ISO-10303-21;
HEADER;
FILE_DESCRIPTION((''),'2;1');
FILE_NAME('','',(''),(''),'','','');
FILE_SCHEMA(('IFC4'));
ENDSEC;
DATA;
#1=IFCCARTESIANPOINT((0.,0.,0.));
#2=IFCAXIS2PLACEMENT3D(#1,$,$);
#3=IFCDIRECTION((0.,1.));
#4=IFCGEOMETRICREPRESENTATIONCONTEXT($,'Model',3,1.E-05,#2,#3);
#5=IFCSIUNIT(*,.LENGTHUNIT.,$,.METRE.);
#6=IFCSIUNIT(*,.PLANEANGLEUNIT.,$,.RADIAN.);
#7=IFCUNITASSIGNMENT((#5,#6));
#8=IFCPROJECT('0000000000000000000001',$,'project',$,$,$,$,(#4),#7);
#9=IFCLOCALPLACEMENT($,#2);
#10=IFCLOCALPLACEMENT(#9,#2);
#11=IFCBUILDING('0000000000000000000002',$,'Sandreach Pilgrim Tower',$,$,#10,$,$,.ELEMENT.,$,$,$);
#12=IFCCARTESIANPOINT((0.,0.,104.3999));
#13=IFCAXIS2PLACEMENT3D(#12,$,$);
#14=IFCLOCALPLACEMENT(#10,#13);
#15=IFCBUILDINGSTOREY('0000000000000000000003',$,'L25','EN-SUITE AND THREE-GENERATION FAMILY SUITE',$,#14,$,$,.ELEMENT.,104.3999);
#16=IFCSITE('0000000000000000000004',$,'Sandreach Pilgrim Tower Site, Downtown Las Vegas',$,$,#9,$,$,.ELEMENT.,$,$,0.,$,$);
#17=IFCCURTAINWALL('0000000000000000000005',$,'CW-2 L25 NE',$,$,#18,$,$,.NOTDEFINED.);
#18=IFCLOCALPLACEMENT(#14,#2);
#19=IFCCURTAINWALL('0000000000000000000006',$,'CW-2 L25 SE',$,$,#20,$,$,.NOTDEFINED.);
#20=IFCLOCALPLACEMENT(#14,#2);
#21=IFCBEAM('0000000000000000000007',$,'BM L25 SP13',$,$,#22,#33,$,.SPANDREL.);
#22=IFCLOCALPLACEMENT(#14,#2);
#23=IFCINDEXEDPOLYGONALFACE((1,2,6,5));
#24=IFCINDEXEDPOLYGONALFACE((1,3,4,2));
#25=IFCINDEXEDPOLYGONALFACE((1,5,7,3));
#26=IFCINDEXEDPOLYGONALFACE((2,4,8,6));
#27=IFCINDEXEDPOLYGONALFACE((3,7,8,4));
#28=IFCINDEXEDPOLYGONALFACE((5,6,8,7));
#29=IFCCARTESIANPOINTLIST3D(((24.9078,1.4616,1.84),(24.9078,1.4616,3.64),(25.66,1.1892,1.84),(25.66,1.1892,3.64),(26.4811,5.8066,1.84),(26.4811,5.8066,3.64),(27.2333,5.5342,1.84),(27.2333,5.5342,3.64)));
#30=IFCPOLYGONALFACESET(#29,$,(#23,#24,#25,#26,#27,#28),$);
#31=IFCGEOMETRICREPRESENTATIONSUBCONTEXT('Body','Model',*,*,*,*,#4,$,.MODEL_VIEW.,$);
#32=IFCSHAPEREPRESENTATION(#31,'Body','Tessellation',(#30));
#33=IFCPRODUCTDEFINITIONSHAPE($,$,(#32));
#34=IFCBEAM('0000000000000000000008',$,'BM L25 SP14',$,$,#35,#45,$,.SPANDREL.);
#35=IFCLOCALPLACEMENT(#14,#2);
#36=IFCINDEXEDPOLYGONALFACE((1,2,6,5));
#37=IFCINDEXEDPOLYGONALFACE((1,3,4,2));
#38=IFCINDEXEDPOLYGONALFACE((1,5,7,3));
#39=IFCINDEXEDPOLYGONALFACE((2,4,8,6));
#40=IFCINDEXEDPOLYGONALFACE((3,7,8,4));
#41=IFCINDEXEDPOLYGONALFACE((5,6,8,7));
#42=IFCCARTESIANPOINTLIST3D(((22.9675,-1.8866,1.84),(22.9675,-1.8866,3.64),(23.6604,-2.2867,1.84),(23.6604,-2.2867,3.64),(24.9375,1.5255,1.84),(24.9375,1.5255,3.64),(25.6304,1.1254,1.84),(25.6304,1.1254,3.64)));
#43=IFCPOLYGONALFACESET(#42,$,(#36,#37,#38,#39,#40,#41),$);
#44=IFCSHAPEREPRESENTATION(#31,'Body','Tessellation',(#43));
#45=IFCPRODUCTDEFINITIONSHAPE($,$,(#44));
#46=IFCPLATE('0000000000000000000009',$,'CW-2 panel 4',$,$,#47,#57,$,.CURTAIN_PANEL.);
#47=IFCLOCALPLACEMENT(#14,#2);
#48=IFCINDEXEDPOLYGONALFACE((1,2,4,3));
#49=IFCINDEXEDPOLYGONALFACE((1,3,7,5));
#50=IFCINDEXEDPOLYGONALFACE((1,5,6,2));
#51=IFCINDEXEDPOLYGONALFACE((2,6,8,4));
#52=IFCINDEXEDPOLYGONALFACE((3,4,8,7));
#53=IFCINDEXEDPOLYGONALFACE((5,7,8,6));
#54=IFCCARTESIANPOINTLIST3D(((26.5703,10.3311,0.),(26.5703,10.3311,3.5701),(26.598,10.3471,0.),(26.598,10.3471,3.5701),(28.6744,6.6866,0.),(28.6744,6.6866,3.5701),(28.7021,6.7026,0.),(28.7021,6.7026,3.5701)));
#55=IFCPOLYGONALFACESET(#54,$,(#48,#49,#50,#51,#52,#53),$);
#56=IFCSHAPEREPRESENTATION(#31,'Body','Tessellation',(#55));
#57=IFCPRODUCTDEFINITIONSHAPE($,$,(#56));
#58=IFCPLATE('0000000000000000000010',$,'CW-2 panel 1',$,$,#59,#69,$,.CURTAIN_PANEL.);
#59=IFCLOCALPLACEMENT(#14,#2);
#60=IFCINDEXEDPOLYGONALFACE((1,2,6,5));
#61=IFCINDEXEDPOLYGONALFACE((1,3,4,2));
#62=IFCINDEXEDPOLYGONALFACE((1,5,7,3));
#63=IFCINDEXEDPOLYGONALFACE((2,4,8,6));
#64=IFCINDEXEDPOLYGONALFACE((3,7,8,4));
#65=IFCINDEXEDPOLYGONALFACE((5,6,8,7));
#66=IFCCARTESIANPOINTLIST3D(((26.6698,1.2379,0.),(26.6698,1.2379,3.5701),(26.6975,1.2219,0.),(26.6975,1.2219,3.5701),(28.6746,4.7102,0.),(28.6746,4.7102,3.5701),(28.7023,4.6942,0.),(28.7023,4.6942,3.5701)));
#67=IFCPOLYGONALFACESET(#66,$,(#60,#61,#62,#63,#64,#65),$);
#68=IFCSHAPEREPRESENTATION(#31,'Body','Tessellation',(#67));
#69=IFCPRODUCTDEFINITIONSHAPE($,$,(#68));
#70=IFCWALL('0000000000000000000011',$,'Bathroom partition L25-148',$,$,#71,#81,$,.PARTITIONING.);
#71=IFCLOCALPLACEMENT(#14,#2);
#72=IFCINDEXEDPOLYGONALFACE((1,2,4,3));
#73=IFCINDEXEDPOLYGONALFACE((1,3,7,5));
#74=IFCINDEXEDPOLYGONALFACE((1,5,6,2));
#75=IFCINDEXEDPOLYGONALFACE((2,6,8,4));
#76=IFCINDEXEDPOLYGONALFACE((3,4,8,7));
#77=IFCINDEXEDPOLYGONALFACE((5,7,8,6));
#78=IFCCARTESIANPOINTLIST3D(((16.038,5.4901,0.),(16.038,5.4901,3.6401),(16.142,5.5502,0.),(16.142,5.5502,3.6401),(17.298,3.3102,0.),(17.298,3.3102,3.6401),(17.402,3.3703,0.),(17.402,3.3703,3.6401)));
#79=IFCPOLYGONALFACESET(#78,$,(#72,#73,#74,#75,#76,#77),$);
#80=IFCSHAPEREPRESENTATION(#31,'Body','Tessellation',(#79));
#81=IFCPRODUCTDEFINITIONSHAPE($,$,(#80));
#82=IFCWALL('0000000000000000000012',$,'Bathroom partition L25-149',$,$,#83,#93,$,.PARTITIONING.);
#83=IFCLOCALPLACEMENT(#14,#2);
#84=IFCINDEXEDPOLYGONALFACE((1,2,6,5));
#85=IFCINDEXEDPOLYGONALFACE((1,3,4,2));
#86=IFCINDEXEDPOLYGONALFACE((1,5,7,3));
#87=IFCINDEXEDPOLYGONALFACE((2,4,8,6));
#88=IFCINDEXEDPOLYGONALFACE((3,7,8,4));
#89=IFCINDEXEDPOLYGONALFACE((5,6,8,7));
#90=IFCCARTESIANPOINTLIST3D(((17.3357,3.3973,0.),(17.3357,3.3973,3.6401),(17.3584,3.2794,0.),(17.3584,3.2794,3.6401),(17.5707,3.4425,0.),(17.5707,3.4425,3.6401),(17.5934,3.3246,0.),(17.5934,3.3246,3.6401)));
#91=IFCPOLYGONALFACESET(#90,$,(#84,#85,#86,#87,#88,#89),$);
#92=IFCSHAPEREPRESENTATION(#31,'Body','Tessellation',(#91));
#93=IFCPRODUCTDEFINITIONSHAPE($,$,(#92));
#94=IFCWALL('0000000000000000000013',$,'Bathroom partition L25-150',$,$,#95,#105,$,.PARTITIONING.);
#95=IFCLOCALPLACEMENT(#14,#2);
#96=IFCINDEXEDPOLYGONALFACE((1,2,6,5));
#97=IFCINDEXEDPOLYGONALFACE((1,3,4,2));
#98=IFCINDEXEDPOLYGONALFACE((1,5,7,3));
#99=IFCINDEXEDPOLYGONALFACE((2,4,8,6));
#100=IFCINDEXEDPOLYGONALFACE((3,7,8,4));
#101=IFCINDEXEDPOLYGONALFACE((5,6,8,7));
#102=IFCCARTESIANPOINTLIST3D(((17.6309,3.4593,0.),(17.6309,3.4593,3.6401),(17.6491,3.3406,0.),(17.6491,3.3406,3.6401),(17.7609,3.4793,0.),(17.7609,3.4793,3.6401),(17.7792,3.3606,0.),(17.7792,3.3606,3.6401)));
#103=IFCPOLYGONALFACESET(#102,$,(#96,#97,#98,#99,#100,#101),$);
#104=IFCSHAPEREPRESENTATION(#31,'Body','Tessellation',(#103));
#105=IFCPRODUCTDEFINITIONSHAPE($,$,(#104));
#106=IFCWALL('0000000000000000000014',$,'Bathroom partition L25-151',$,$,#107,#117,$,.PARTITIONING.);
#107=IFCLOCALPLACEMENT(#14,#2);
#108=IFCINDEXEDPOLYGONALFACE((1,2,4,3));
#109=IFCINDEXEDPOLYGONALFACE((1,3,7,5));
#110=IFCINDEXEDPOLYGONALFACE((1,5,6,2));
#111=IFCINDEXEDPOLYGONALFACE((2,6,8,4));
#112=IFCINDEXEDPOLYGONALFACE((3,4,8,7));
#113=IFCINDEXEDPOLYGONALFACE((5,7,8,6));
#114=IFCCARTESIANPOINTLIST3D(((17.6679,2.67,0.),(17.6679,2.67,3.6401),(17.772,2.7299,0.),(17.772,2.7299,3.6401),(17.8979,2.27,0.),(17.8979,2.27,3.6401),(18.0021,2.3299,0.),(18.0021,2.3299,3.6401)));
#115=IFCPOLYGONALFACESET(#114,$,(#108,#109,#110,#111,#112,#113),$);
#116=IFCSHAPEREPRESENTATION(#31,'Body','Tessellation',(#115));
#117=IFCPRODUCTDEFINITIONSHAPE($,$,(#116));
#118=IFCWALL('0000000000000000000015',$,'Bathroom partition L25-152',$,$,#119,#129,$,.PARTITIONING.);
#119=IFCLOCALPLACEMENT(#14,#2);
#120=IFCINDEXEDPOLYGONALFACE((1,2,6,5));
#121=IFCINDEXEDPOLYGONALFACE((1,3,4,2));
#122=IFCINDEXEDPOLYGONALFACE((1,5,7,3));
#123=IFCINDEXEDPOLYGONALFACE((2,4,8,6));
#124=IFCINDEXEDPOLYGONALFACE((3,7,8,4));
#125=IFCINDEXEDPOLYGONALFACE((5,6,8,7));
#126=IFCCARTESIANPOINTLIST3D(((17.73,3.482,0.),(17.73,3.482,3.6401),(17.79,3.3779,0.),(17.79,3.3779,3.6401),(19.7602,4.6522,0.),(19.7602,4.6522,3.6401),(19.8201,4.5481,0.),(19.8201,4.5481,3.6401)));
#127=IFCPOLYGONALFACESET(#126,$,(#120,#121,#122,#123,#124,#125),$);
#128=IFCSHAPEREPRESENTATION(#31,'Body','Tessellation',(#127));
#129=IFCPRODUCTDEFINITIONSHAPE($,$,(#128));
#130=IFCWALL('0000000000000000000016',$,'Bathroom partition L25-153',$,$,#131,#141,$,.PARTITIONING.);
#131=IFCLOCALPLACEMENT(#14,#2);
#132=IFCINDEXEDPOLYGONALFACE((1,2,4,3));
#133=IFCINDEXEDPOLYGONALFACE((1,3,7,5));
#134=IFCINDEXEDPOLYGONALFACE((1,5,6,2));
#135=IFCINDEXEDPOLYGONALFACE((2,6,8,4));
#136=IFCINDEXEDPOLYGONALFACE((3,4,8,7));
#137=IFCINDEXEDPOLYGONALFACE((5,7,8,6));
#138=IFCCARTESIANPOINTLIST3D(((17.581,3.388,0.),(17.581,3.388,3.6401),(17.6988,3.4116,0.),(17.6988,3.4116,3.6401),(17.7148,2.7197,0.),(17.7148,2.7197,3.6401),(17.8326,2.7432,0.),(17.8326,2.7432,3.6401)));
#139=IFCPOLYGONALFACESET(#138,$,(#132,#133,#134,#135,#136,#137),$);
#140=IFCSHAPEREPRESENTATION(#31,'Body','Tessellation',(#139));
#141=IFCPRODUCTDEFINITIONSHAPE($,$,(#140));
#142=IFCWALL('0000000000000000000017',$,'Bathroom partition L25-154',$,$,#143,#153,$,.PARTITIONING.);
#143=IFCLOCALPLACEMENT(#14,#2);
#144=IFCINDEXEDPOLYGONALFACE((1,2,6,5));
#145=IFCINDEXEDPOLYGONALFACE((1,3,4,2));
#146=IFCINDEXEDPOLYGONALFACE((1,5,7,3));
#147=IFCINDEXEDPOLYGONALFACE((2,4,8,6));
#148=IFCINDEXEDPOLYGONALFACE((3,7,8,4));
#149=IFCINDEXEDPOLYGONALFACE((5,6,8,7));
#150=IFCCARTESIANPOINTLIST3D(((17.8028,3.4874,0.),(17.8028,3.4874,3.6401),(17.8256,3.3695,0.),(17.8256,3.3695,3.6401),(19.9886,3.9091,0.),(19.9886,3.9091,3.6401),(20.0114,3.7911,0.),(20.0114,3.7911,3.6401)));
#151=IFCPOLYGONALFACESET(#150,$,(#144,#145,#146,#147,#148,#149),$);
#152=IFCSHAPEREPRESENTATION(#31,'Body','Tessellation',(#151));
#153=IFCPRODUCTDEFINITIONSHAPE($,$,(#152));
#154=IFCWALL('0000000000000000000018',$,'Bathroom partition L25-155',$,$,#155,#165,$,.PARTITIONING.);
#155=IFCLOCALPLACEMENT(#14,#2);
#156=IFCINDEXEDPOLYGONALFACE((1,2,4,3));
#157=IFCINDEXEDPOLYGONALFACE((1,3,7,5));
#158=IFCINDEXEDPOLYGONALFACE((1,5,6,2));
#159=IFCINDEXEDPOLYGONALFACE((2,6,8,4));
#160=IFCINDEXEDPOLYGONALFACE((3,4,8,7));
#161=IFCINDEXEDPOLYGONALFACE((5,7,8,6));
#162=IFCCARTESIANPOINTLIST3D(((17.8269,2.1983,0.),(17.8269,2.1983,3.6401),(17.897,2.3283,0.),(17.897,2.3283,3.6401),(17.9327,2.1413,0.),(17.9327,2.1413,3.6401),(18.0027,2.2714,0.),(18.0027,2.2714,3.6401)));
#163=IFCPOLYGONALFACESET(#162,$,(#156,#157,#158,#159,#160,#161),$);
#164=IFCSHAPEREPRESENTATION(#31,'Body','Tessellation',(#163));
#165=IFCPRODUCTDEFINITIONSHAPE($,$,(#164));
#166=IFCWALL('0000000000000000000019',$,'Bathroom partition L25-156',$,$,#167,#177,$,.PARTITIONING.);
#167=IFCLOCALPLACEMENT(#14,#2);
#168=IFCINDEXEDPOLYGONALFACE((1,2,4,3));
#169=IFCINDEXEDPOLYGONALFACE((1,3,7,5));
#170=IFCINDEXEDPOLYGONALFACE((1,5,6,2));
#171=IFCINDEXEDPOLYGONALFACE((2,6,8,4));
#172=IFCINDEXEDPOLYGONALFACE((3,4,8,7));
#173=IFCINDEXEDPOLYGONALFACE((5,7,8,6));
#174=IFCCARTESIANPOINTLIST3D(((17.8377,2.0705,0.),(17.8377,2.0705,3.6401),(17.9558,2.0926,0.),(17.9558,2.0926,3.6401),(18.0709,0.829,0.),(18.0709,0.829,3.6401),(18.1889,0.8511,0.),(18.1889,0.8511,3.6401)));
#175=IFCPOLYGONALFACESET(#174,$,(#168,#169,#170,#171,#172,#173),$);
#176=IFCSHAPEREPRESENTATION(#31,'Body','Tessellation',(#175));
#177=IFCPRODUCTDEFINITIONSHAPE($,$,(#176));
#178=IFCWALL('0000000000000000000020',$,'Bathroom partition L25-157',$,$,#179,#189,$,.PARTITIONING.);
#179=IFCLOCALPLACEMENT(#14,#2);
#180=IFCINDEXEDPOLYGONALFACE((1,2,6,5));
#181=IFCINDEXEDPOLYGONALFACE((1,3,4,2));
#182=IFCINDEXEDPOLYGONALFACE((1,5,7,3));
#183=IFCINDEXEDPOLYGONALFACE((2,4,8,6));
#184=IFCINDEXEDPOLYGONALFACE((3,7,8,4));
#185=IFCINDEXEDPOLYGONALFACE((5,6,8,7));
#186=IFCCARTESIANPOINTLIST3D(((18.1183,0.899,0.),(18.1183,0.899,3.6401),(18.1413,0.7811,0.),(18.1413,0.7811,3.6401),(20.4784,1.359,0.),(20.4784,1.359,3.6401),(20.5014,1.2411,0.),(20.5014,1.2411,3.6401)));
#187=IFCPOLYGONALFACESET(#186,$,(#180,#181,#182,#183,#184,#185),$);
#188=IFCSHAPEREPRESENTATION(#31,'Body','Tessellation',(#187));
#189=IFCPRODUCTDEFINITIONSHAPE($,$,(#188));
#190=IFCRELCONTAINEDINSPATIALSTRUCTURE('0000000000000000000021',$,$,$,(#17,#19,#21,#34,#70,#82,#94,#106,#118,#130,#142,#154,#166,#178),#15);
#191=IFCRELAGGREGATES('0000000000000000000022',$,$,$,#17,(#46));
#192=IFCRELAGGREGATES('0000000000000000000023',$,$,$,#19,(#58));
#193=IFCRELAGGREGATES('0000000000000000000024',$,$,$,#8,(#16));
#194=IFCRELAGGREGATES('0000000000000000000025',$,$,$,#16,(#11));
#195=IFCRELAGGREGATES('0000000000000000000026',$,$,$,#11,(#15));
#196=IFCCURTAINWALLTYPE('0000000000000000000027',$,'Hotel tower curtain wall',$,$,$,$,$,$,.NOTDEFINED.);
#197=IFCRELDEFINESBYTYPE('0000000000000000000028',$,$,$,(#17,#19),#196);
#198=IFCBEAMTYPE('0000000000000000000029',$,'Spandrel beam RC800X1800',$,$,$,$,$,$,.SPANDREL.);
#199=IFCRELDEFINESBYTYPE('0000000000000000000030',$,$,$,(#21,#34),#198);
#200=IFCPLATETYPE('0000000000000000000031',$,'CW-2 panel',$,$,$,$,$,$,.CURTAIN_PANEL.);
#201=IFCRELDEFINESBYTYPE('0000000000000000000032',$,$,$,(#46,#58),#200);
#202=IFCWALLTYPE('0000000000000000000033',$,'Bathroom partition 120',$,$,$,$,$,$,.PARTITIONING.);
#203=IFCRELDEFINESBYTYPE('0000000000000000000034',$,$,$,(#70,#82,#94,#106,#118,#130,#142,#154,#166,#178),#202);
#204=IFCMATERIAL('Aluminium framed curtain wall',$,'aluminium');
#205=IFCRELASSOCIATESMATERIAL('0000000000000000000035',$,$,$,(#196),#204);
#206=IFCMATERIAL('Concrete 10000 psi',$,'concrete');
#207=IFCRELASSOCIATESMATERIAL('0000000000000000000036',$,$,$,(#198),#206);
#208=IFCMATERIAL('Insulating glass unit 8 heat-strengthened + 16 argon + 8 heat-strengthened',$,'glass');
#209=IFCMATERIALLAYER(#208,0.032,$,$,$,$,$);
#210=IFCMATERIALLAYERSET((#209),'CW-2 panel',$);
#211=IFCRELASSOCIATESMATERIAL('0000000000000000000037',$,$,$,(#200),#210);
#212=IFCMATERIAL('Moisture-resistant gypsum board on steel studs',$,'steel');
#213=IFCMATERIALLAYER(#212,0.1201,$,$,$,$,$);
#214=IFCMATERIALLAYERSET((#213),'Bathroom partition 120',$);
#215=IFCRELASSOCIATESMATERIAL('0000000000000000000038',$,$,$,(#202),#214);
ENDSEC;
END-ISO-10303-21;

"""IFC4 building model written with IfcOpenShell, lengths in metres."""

from ifc_helpers import new_model, si_unit, direction, frame, frame_2d, origin, origin_2d, place, context, subcontext, project, spatial, rectangle, extrude, material, layer, layer_set, material_profile, profile_set, type_object, element, aggregate, save


model = new_model("IFC4")

# Units and contexts
model_context = context("Model", 3, precision=1e-05, world=origin(), true_north=direction((0.0, 1.0)))
body_context = subcontext(model_context, "Body", "Model", "MODEL_VIEW")
ifc_project = project(units=[si_unit("LENGTHUNIT", "METRE"), si_unit("PLANEANGLEUNIT", "RADIAN")], contexts=[model_context])

# Site, building, storey
site_placement = place(None, origin())
site = spatial("IfcSite", under=ifc_project, at=site_placement, Name="Sandreach Pilgrim Tower Site, Downtown Las Vegas", CompositionType="ELEMENT", RefElevation=0.0)
building_placement = place(site_placement, origin())
building = spatial("IfcBuilding", under=site, at=building_placement, Name="Sandreach Pilgrim Tower", CompositionType="ELEMENT")
storey_placement = place(building_placement, frame((0.0, 0.0, 104.3999)))
storey = spatial("IfcBuildingStorey", under=building, at=storey_placement, Name="L25", Description="EN-SUITE AND THREE-GENERATION FAMILY SUITE", CompositionType="ELEMENT", Elevation=104.3999)

# Curtain wall
ifc_material_1 = material(Name="Aluminium framed curtain wall", Category="aluminium")
curtain_wall_type = type_object("IfcCurtainWallType", Name="Hotel tower curtain wall", PredefinedType="NOTDEFINED", material=ifc_material_1)
curtain_wall_1_placement = place(storey_placement, origin())
curtain_wall_1 = element("IfcCurtainWall", 1, at=curtain_wall_1_placement, inside=storey, type_object=curtain_wall_type, Name="CW-2 L25 NE", PredefinedType="NOTDEFINED")

# Curtain wall
curtain_wall_2_placement = place(storey_placement, origin())
curtain_wall_2 = element("IfcCurtainWall", 2, at=curtain_wall_2_placement, inside=storey, type_object=curtain_wall_type, Name="CW-2 L25 SE", PredefinedType="NOTDEFINED")

# Beams
ifc_material_2 = material(Name="Concrete 10000 psi", Category="concrete")
ifc_material_profile_1 = material_profile(ifc_material_2, rectangle(XDim=0.8, YDim=1.8, at=origin_2d()), Name="RC800X1800")
ifc_profile_set_1 = profile_set([ifc_material_profile_1], Name="Concrete 10000 psi")
beam_type_1 = type_object("IfcBeamType", Name="Spandrel beam RC800X1800", PredefinedType="SPANDREL", material=ifc_profile_set_1)
beam_1_placement = place(storey_placement, frame((26.8572, 5.6704, 2.74), z_axis=(-0.340453, -0.940261, 0.0), x_axis=(0.940261, -0.340453, 0.0)))
element("IfcBeam", 3, at=beam_1_placement, inside=storey, type_object=beam_type_1, Name="BM L25 SP13", PredefinedType="SPANDREL", context=body_context, shape_type="SweptSolid", body=[
    extrude(rectangle(XDim=0.8, YDim=1.8, at=origin_2d()), origin(), (0.0, 0.0, 1.0), 4.6211),
])
beam_2_placement = place(storey_placement, frame((25.2839, 1.3254, 2.74), z_axis=(-0.499998, -0.866027, 0.0), x_axis=(0.866027, -0.499998, 0.0)))
element("IfcBeam", 4, at=beam_2_placement, inside=storey, type_object=beam_type_1, Name="BM L25 SP14", PredefinedType="SPANDREL", context=body_context, shape_type="SweptSolid", body=[
    extrude(rectangle(XDim=0.8, YDim=1.8, at=origin_2d()), origin(), (0.0, 0.0, 1.0), 3.9399),
])

# Plates
ifc_material_3 = material(Name="Insulating glass unit 8 heat-strengthened + 16 argon + 8 heat-strengthened", Category="glass")
ifc_layer_1 = layer(ifc_material_3, 0.032)
ifc_layer_set_1 = layer_set([ifc_layer_1], Name="CW-2 panel")
plate_type = type_object("IfcPlateType", Name="CW-2 panel", PredefinedType="CURTAIN_PANEL", material=ifc_layer_set_1)
plate_1_placement = place(storey_placement, frame((27.6362, 8.5168, 0.0), z_axis=(0.0, 0.0, 1.0), x_axis=(0.5, -0.866025, 0.0)))
plate_1 = element("IfcPlate", 5, at=plate_1_placement, type_object=plate_type, Name="CW-2 panel 4", PredefinedType="CURTAIN_PANEL", context=body_context, shape_type="SweptSolid", body=[
    extrude(rectangle(XDim=4.2083, YDim=0.032, at=origin_2d()), origin(), (0.0, 0.0, 1.0), 3.5701),
])
aggregate(curtain_wall_1, [plate_1])
plate_2_placement = place(storey_placement, frame((27.686, 2.9661, 0.0), z_axis=(0.0, 0.0, 1.0), x_axis=(-0.5, -0.866025, 0.0)))
plate_2 = element("IfcPlate", 6, at=plate_2_placement, type_object=plate_type, Name="CW-2 panel 1", PredefinedType="CURTAIN_PANEL", context=body_context, shape_type="SweptSolid", body=[
    extrude(rectangle(XDim=4.0095, YDim=0.032, at=origin_2d()), origin(), (0.0, 0.0, 1.0), 3.5701),
])
aggregate(curtain_wall_2, [plate_2])

# Walls
ifc_material_4 = material(Name="Moisture-resistant gypsum board on steel studs", Category="steel")
ifc_layer_2 = layer(ifc_material_4, 0.1201)
ifc_layer_set_2 = layer_set([ifc_layer_2], Name="Bathroom partition 120")
wall_type_1 = type_object("IfcWallType", Name="Bathroom partition 120", PredefinedType="PARTITIONING", material=ifc_layer_set_2)
wall_1_placement = place(storey_placement, frame((16.0901, 5.52, 0.0), z_axis=(0.0, 0.0, 1.0), x_axis=(0.500425, -0.86578, 0.0)))
element("IfcWall", 7, at=wall_1_placement, inside=storey, type_object=wall_type_1, Name="Bathroom partition L25-148", PredefinedType="PARTITIONING", context=body_context, shape_type="SweptSolid", body=[
    extrude(rectangle(XDim=2.5178, YDim=0.1201, at=frame_2d((1.2588, 0.0))), origin(), (0.0, 0.0, 1.0), 3.6401),
])
wall_2_placement = place(storey_placement, frame((17.582, 3.3835, 0.0), z_axis=(0.0, 0.0, 1.0), x_axis=(-0.982006, -0.188847, 0.0)))
element("IfcWall", 8, at=wall_2_placement, inside=storey, type_object=wall_type_1, Name="Bathroom partition L25-149", PredefinedType="PARTITIONING", context=body_context, shape_type="SweptSolid", body=[
    extrude(rectangle(XDim=0.2393, YDim=0.1201, at=frame_2d((0.1196, 0.0))), origin(), (0.0, 0.0, 1.0), 3.6401),
])
wall_3_placement = place(storey_placement, frame((17.6399, 3.3999, 0.0), z_axis=(0.0, 0.0, 1.0), x_axis=(0.988372, 0.152057, 0.0)))
element("IfcWall", 9, at=wall_3_placement, inside=storey, type_object=wall_type_1, Name="Bathroom partition L25-150", PredefinedType="PARTITIONING", context=body_context, shape_type="SweptSolid", body=[
    extrude(rectangle(XDim=0.1316, YDim=0.1201, at=frame_2d((0.0659, 0.0))), origin(), (0.0, 0.0, 1.0), 3.6401),
])
wall_4_placement = place(storey_placement, frame((17.72, 2.7, 0.0), z_axis=(0.0, 0.0, 1.0), x_axis=(0.498531, -0.866872, 0.0)))
element("IfcWall", 10, at=wall_4_placement, inside=storey, type_object=wall_type_1, Name="Bathroom partition L25-151", PredefinedType="PARTITIONING", context=body_context, shape_type="SweptSolid", body=[
    extrude(rectangle(XDim=0.4614, YDim=0.1201, at=frame_2d((0.2307, 0.0))), origin(), (0.0, 0.0, 1.0), 3.6401),
])
wall_5_placement = place(storey_placement, frame((17.76, 3.4299, 0.0), z_axis=(0.0, 0.0, 1.0), x_axis=(0.866371, 0.499401, 0.0)))
element("IfcWall", 11, at=wall_5_placement, inside=storey, type_object=wall_type_1, Name="Bathroom partition L25-152", PredefinedType="PARTITIONING", context=body_context, shape_type="SweptSolid", body=[
    extrude(rectangle(XDim=2.3433, YDim=0.1201, at=frame_2d((1.1716, 0.0))), origin(), (0.0, 0.0, 1.0), 3.6401),
])
wall_6_placement = place(storey_placement, frame((17.7737, 2.7314, 0.0), z_axis=(0.0, 0.0, 1.0), x_axis=(-0.196254, 0.980553, 0.0)))
element("IfcWall", 12, at=wall_6_placement, inside=storey, type_object=wall_type_1, Name="Bathroom partition L25-153", PredefinedType="PARTITIONING", context=body_context, shape_type="SweptSolid", body=[
    extrude(rectangle(XDim=0.6816, YDim=0.1201, at=frame_2d((0.3408, 0.0))), origin(), (0.0, 0.0, 1.0), 3.6401),
])
wall_7_placement = place(storey_placement, frame((17.8142, 3.4285, 0.0), z_axis=(0.0, 0.0, 1.0), x_axis=(0.981899, 0.189405, 0.0)))
element("IfcWall", 13, at=wall_7_placement, inside=storey, type_object=wall_type_1, Name="Bathroom partition L25-154", PredefinedType="PARTITIONING", context=body_context, shape_type="SweptSolid", body=[
    extrude(rectangle(XDim=2.2261, YDim=0.1201, at=frame_2d((1.113, 0.0))), origin(), (0.0, 0.0, 1.0), 3.6401),
])
wall_8_placement = place(storey_placement, frame((17.8799, 2.1699, 0.0), z_axis=(0.0, 0.0, 1.0), x_axis=(0.4741, 0.880471, 0.0)))
element("IfcWall", 14, at=wall_8_placement, inside=storey, type_object=wall_type_1, Name="Bathroom partition L25-155", PredefinedType="PARTITIONING", context=body_context, shape_type="SweptSolid", body=[
    extrude(rectangle(XDim=0.1477, YDim=0.1201, at=frame_2d((0.0737, 0.0))), origin(), (0.0, 0.0, 1.0), 3.6401),
])
wall_9_placement = place(storey_placement, frame((17.8967, 2.0815, 0.0), z_axis=(0.0, 0.0, 1.0), x_axis=(0.18458, -0.982817, 0.0)))
element("IfcWall", 15, at=wall_9_placement, inside=storey, type_object=wall_type_1, Name="Bathroom partition L25-156", PredefinedType="PARTITIONING", context=body_context, shape_type="SweptSolid", body=[
    extrude(rectangle(XDim=1.2632, YDim=0.1201, at=frame_2d((0.6316, 0.0))), origin(), (0.0, 0.0, 1.0), 3.6401),
])
wall_10_placement = place(storey_placement, frame((18.1299, 0.8401, 0.0), z_axis=(0.0, 0.0, 1.0), x_axis=(0.981533, 0.191291, 0.0)))
element("IfcWall", 16, at=wall_10_placement, inside=storey, type_object=wall_type_1, Name="Bathroom partition L25-157", PredefinedType="PARTITIONING", context=body_context, shape_type="SweptSolid", body=[
    extrude(rectangle(XDim=2.4045, YDim=0.1201, at=frame_2d((1.2021, 0.0))), origin(), (0.0, 0.0, 1.0), 3.6401),
])

save(model, "model.ifc")
